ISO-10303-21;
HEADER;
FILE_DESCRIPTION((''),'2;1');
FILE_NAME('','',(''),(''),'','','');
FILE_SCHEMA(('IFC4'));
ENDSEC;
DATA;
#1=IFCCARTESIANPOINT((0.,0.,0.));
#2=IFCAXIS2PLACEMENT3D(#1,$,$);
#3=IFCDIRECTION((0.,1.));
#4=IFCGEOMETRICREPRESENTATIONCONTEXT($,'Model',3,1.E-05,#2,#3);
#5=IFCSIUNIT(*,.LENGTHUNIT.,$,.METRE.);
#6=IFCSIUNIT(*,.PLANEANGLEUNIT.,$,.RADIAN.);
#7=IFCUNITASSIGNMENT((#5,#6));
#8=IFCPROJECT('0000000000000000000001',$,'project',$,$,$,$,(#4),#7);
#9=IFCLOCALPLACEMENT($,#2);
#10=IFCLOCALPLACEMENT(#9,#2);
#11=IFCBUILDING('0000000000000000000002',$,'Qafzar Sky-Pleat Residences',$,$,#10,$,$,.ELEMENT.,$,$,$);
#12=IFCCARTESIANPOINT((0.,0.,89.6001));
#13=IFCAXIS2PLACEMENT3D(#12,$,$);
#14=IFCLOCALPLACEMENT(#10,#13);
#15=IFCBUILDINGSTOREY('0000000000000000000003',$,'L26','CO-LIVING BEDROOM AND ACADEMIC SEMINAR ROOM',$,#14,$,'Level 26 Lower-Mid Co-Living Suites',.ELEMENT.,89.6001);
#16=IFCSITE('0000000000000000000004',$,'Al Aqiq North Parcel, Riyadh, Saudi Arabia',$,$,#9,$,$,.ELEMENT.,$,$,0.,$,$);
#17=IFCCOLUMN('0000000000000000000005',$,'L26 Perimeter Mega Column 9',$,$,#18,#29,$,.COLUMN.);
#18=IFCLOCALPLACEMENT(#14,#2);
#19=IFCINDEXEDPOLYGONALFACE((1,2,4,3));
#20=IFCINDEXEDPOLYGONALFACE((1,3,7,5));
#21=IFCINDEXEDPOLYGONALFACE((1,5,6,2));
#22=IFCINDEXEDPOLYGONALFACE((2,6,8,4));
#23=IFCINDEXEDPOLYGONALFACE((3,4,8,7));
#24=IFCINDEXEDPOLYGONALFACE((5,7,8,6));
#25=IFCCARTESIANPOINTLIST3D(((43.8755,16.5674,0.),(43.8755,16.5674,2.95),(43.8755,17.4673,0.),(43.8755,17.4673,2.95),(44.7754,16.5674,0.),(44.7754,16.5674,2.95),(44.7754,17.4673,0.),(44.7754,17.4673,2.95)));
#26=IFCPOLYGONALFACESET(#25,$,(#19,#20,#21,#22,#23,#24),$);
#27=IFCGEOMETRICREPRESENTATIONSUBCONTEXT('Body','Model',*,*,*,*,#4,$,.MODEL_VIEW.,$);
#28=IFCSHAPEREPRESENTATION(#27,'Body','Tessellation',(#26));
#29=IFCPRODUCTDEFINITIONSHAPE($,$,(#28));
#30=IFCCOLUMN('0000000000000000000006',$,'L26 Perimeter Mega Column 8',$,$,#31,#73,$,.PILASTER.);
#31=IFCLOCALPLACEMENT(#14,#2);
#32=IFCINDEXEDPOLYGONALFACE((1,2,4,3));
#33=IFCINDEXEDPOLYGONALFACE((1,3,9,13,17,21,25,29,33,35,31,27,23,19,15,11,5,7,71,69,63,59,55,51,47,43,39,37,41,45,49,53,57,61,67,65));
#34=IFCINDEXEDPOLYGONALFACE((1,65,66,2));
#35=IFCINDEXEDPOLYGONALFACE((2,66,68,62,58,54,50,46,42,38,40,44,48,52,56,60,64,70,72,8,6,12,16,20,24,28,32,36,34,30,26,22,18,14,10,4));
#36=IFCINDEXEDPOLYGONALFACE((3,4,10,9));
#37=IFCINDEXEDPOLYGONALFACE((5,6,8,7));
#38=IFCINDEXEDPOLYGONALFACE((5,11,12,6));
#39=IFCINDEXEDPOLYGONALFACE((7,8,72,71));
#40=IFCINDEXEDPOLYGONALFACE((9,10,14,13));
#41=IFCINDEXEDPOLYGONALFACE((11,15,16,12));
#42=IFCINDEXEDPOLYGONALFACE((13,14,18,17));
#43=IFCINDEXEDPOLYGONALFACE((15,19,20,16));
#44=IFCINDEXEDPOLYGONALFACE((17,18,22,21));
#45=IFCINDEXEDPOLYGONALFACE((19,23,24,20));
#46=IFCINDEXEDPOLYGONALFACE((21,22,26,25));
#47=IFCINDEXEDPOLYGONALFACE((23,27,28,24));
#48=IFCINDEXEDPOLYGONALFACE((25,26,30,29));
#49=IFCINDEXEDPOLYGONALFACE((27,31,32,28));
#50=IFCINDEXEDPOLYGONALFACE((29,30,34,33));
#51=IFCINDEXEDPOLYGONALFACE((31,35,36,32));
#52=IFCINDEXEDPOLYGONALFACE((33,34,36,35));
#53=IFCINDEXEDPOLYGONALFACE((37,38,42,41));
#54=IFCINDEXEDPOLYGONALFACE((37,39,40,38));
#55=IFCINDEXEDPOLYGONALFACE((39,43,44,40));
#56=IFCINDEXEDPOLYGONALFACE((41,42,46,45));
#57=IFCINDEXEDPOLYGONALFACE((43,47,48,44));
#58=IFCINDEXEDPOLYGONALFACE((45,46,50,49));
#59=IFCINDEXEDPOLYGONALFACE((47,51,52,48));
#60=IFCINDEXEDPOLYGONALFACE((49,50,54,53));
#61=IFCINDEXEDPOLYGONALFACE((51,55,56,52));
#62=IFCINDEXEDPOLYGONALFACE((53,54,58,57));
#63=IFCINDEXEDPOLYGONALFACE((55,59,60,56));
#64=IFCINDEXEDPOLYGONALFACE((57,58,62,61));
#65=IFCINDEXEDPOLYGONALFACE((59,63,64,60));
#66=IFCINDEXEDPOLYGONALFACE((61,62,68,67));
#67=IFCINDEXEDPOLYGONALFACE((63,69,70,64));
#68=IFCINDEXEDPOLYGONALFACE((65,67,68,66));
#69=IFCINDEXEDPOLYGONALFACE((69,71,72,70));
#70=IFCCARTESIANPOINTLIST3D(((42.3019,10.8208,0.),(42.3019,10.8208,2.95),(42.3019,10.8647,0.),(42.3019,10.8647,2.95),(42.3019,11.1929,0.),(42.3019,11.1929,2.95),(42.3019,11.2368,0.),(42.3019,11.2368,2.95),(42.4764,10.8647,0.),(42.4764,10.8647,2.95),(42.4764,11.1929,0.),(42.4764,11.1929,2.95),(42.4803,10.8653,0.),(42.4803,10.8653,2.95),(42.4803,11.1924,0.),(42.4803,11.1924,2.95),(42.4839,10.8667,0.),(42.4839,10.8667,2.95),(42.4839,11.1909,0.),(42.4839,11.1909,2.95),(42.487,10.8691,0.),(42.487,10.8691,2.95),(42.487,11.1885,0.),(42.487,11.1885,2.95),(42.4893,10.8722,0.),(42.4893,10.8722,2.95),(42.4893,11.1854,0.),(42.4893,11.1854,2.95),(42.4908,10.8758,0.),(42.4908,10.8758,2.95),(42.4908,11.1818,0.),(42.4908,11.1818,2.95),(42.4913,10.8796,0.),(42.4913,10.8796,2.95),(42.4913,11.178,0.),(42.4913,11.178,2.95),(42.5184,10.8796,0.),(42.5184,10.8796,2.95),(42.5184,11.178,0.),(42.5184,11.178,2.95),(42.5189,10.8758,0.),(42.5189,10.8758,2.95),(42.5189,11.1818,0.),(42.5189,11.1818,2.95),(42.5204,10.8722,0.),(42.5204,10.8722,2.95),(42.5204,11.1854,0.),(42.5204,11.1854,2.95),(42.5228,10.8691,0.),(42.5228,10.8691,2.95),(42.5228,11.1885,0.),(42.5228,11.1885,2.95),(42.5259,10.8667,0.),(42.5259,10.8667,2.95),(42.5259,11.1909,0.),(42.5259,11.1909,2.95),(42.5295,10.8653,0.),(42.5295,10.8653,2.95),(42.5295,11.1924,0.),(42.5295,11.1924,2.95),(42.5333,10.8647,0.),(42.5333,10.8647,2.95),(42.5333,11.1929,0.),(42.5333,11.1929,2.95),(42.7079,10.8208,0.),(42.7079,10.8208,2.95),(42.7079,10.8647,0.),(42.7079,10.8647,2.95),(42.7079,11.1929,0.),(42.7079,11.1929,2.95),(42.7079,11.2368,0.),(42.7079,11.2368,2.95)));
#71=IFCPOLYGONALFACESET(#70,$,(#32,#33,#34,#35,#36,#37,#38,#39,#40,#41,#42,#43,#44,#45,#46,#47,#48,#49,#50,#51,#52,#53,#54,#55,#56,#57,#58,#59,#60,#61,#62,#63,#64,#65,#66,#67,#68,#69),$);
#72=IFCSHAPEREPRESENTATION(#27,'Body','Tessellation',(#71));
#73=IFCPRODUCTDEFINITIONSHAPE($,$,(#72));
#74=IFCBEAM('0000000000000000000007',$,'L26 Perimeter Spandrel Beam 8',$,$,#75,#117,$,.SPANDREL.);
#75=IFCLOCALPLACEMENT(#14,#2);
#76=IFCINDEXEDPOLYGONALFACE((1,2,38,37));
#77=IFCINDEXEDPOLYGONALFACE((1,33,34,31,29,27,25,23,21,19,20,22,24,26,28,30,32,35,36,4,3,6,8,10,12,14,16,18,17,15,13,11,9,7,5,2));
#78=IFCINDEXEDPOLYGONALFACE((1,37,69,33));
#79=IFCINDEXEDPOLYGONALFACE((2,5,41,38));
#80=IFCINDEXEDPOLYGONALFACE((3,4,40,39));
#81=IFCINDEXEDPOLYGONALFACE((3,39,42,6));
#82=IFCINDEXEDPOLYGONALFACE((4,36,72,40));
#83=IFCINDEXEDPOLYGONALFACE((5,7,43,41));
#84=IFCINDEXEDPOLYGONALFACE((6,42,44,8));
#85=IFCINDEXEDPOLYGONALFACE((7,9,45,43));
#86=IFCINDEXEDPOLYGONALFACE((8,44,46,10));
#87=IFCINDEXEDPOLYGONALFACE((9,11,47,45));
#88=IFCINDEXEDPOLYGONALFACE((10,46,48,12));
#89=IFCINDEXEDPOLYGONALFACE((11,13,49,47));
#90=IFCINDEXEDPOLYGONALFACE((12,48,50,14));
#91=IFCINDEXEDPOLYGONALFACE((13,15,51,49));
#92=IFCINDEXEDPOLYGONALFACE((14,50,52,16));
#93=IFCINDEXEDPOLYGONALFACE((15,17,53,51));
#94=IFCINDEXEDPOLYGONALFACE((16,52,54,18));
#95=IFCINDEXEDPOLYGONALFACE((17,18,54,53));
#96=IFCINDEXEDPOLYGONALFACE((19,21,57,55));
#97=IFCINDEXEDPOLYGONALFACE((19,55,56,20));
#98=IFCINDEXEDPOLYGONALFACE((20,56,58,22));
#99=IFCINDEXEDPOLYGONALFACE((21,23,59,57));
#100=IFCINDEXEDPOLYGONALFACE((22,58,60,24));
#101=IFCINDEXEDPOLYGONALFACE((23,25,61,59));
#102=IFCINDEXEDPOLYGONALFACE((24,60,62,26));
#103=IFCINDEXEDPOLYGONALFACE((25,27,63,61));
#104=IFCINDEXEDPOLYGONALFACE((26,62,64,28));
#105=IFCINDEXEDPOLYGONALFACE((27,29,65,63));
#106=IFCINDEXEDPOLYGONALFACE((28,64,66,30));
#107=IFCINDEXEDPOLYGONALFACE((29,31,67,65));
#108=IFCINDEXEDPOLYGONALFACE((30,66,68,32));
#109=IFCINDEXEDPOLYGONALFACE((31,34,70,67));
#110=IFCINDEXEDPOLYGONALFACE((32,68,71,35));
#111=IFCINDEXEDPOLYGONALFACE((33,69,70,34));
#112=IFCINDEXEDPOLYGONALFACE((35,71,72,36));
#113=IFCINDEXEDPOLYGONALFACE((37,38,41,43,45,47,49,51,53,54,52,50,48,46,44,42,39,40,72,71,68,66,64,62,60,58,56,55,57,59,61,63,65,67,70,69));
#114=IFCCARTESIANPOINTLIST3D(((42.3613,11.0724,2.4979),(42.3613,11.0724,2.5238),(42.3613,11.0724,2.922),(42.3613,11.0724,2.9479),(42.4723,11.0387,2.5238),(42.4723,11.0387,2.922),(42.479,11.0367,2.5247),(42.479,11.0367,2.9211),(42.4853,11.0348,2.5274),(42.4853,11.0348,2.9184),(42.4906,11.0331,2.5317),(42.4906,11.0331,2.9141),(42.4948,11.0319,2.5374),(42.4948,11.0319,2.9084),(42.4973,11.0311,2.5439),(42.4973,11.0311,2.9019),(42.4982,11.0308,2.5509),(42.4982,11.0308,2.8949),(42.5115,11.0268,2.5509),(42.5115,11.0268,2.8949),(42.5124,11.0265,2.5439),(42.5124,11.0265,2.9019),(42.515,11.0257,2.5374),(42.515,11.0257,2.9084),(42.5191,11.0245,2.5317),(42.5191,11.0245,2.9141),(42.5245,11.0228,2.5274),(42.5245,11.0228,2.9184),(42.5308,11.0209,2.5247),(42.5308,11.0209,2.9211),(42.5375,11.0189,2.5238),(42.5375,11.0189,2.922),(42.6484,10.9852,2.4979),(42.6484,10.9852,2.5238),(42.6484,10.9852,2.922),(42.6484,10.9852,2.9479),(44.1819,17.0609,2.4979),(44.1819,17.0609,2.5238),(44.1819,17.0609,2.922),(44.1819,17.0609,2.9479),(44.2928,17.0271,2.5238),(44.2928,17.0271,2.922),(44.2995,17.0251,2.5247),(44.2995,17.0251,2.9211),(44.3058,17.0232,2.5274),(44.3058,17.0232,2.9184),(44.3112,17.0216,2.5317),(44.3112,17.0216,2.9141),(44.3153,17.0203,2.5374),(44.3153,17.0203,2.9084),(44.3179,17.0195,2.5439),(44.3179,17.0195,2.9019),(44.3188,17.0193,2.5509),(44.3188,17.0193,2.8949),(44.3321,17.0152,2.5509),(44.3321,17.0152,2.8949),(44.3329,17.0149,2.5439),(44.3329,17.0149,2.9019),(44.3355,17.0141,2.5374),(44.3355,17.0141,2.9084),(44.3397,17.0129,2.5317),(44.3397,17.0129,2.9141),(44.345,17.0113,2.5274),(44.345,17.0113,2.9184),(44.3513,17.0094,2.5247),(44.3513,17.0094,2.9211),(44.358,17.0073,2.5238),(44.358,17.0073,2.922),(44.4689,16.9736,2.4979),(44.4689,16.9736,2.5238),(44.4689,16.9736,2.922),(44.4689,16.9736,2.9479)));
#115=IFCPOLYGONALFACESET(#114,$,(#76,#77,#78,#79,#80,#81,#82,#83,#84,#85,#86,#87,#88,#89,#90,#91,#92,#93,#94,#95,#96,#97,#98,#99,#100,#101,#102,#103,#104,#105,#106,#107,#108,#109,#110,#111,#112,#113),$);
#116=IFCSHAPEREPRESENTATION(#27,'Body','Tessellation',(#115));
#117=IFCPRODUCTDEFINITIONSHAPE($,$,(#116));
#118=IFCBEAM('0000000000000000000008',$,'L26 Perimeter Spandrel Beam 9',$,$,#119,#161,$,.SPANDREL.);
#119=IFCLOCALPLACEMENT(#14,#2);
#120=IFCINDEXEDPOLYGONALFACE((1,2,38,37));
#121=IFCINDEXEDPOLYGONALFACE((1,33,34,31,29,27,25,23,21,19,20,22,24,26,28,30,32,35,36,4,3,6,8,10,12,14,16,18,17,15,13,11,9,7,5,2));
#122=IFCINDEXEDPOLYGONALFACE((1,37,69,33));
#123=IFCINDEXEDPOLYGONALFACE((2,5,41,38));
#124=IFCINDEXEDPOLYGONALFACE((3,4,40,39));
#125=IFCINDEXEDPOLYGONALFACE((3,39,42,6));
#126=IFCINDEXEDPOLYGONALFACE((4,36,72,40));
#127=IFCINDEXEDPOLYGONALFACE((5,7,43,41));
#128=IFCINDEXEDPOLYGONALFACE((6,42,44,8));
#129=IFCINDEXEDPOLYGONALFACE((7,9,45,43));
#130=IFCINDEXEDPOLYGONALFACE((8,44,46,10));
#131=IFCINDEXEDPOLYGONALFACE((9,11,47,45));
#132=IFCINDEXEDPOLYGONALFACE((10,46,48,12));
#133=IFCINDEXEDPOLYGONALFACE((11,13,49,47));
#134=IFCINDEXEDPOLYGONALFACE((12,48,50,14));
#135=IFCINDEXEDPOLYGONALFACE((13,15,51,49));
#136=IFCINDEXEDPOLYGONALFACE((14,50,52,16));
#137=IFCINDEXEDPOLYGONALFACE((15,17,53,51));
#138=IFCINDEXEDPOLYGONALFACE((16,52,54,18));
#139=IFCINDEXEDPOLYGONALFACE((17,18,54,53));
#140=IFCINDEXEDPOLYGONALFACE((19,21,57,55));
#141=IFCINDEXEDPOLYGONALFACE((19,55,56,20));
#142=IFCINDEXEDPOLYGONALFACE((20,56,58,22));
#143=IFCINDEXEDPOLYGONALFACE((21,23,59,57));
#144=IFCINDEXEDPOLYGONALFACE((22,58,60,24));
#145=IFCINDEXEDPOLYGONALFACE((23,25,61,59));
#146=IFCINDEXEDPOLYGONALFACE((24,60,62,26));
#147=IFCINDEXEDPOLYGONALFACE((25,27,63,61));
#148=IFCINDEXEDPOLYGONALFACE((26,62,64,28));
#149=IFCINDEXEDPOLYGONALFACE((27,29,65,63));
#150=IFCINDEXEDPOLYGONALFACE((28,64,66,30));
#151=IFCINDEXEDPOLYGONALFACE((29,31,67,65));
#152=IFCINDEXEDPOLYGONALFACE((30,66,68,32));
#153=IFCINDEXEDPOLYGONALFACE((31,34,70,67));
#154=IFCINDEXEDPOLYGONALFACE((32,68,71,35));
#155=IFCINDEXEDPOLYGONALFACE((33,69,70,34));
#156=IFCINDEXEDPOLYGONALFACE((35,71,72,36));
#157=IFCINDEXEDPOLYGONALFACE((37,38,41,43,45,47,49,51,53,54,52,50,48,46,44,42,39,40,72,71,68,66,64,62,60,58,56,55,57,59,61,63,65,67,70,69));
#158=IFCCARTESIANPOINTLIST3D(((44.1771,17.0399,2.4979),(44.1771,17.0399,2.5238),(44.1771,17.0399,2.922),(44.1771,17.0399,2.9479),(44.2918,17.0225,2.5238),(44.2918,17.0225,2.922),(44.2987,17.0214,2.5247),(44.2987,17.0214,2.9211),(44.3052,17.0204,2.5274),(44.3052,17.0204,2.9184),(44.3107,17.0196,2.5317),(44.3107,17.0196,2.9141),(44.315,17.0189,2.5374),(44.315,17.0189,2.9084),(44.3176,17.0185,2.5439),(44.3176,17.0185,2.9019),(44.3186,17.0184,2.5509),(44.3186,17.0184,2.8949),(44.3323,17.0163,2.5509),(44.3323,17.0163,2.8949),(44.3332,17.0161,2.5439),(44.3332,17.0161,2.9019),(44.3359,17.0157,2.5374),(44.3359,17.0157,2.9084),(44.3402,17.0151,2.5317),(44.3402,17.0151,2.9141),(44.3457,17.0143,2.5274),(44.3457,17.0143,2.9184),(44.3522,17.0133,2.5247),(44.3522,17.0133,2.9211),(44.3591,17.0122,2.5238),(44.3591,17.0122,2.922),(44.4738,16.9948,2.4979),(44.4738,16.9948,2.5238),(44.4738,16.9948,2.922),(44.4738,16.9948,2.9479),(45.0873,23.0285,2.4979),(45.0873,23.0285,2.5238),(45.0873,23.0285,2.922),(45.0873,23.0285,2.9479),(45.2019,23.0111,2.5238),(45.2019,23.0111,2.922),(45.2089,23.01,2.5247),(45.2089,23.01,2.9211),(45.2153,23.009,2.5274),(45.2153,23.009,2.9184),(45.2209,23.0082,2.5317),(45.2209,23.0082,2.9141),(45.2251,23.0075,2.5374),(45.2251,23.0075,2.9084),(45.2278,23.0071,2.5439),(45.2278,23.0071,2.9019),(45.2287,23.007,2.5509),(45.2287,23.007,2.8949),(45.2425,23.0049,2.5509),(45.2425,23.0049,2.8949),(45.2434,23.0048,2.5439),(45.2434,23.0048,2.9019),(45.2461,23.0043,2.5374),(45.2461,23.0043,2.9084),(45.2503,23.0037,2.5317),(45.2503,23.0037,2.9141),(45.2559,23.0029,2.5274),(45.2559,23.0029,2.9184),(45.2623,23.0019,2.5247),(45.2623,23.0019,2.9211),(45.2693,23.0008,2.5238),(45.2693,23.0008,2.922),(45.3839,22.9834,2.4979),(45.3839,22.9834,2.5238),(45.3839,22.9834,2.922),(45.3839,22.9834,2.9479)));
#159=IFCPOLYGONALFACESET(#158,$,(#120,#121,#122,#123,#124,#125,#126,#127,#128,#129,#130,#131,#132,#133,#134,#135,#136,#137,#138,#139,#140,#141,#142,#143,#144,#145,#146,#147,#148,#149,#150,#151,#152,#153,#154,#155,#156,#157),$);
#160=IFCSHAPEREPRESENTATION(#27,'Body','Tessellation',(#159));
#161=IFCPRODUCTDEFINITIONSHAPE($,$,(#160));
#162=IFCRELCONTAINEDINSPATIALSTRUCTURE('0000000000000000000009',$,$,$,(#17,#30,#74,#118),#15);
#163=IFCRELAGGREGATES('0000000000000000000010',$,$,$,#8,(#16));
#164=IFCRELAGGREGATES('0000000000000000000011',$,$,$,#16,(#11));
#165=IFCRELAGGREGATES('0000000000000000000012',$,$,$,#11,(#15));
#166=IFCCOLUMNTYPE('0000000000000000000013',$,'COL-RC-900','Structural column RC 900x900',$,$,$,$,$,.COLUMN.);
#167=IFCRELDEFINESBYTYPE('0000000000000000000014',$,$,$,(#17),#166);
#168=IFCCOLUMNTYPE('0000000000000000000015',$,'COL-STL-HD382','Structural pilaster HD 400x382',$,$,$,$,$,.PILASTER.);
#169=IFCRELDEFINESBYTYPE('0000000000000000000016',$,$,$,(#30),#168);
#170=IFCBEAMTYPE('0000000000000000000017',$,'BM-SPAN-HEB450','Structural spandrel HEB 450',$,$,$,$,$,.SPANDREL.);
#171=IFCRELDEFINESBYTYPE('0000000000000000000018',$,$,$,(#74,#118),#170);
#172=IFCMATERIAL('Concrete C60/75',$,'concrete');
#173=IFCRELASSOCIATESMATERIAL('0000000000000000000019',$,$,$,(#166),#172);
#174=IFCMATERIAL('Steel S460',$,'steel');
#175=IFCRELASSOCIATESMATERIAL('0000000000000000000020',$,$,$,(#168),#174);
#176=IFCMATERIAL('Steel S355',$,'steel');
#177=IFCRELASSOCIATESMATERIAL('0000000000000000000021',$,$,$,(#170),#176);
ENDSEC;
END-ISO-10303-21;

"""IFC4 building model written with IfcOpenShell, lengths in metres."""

from ifc_helpers import new_model, si_unit, direction, frame, origin, origin_2d, place, context, subcontext, project, spatial, rectangle, i_section, extrude, source, transform, mapped, material, material_profile, profile_set, type_object, element, save


model = new_model("IFC4")

# Units and contexts
model_context = context("Model", 3, precision=1e-05, world=origin(), true_north=direction((0.0, 1.0)))
body_context = subcontext(model_context, "Body", "Model", "MODEL_VIEW")
ifc_project = project(units=[si_unit("LENGTHUNIT", "METRE"), si_unit("PLANEANGLEUNIT", "RADIAN")], contexts=[model_context])

# Site, building, storey
site_placement = place(None, origin())
site = spatial("IfcSite", under=ifc_project, at=site_placement, Name="Al Aqiq North Parcel, Riyadh, Saudi Arabia", CompositionType="ELEMENT", RefElevation=0.0)
building_placement = place(site_placement, origin())
building = spatial("IfcBuilding", under=site, at=building_placement, Name="Qafzar Sky-Pleat Residences", CompositionType="ELEMENT")
storey_placement = place(building_placement, frame((0.0, 0.0, 89.6001)))
storey = spatial("IfcBuildingStorey", under=building, at=storey_placement, Name="L26", Description="CO-LIVING BEDROOM AND ACADEMIC SEMINAR ROOM", LongName="Level 26 Lower-Mid Co-Living Suites", CompositionType="ELEMENT", Elevation=89.6001)

# Columns
ifc_material_1 = material(Name="Concrete C60/75", Category="concrete")
ifc_material_profile_1 = material_profile(ifc_material_1, rectangle(XDim=0.8999, YDim=0.8999, at=origin_2d()), Name="RC 900x900")
ifc_profile_set_1 = profile_set([ifc_material_profile_1], Name="Concrete C60/75")
column_type_1 = type_object("IfcColumnType", Name="COL-RC-900", Description="Structural column RC 900x900", PredefinedType="COLUMN", material=ifc_profile_set_1)
shared_shape_1 = source(origin(), body_context, "Body", "SweptSolid", [
    extrude(rectangle(XDim=0.8999, YDim=0.8999, at=origin_2d()), origin(), (0.0, 0.0, 1.0), 2.95),
])
column_1_placement = place(storey_placement, frame((44.3254, 17.0173, 0.0), z_axis=(0.0, 0.0, 1.0), x_axis=(1.0, 0.0, 0.0)))
element("IfcColumn", 1, at=column_1_placement, inside=storey, type_object=column_type_1, Name="L26 Perimeter Mega Column 9", PredefinedType="COLUMN", context=body_context, shape_type="MappedRepresentation", body=[
    mapped(shared_shape_1, transform((0.0, 0.0, 0.0), x_axis=(1.0, 0.0, 0.0), y_axis=(0.0, 1.0, 0.0), z_axis=(0.0, 0.0, 1.0), scale=1.0)),
])
ifc_material_2 = material(Name="Steel S460", Category="steel")
ifc_material_profile_2 = material_profile(ifc_material_2, i_section(OverallWidth=0.406, OverallDepth=0.416, WebThickness=0.0271, FlangeThickness=0.0439, FilletRadius=0.0149, at=origin_2d()), Name="HD 400x382")
ifc_profile_set_2 = profile_set([ifc_material_profile_2], Name="Steel S460")
column_type_2 = type_object("IfcColumnType", Name="COL-STL-HD382", Description="Structural pilaster HD 400x382", PredefinedType="PILASTER", material=ifc_profile_set_2)
shared_shape_2 = source(origin(), body_context, "Body", "SweptSolid", [
    extrude(i_section(OverallWidth=0.406, OverallDepth=0.416, WebThickness=0.0271, FlangeThickness=0.0439, FilletRadius=0.0149, at=origin_2d()), origin(), (0.0, 0.0, 1.0), 2.95),
])
column_2_placement = place(storey_placement, frame((42.5049, 11.0288, 0.0), z_axis=(0.0, 0.0, 1.0), x_axis=(1.0, 0.0, 0.0)))
element("IfcColumn", 2, at=column_2_placement, inside=storey, type_object=column_type_2, Name="L26 Perimeter Mega Column 8", PredefinedType="PILASTER", context=body_context, shape_type="MappedRepresentation", body=[
    mapped(shared_shape_2, transform((0.0, 0.0, 0.0), x_axis=(1.0, 0.0, 0.0), y_axis=(0.0, 1.0, 0.0), z_axis=(0.0, 0.0, 1.0), scale=1.0)),
])

# Beams
ifc_material_3 = material(Name="Steel S355", Category="steel")
ifc_material_profile_3 = material_profile(ifc_material_3, i_section(OverallWidth=0.3, OverallDepth=0.45, WebThickness=0.0139, FlangeThickness=0.0259, FilletRadius=0.0271, at=origin_2d()), Name="HEB 450")
ifc_profile_set_3 = profile_set([ifc_material_profile_3], Name="Steel S355")
beam_type = type_object("IfcBeamType", Name="BM-SPAN-HEB450", Description="Structural spandrel HEB 450", PredefinedType="SPANDREL", material=ifc_profile_set_3)
shared_shape_3 = source(origin(), body_context, "Body", "SweptSolid", [
    extrude(i_section(OverallWidth=0.3, OverallDepth=0.45, WebThickness=0.0139, FlangeThickness=0.0259, FilletRadius=0.0271, at=origin_2d()), origin(), (0.0, 0.0, 1.0), 6.259),
])
beam_1_placement = place(storey_placement, frame((42.5049, 11.0288, 2.7229), z_axis=(0.290864, 0.956765, 0.0), x_axis=(-0.956765, 0.290864, 0.0)))
element("IfcBeam", 3, at=beam_1_placement, inside=storey, type_object=beam_type, Name="L26 Perimeter Spandrel Beam 8", PredefinedType="SPANDREL", context=body_context, shape_type="MappedRepresentation", body=[
    mapped(shared_shape_3, transform((0.0, 0.0, 0.0), x_axis=(1.0, 0.0, 0.0), y_axis=(0.0, 1.0, 0.0), z_axis=(0.0, 0.0, 1.0), scale=1.0)),
])
shared_shape_4 = source(origin(), body_context, "Body", "SweptSolid", [
    extrude(i_section(OverallWidth=0.3, OverallDepth=0.45, WebThickness=0.0139, FlangeThickness=0.0259, FilletRadius=0.0271, at=origin_2d()), origin(), (0.0, 0.0, 1.0), 6.0574),
])
beam_2_placement = place(storey_placement, frame((44.3254, 17.0173, 2.7229), z_axis=(0.150258, 0.988647, 0.0), x_axis=(-0.988647, 0.150258, 0.0)))
element("IfcBeam", 4, at=beam_2_placement, inside=storey, type_object=beam_type, Name="L26 Perimeter Spandrel Beam 9", PredefinedType="SPANDREL", context=body_context, shape_type="MappedRepresentation", body=[
    mapped(shared_shape_4, transform((0.0, 0.0, 0.0), x_axis=(1.0, 0.0, 0.0), y_axis=(0.0, 1.0, 0.0), z_axis=(0.0, 0.0, 1.0), scale=1.0)),
])

save(model, "model.ifc")
